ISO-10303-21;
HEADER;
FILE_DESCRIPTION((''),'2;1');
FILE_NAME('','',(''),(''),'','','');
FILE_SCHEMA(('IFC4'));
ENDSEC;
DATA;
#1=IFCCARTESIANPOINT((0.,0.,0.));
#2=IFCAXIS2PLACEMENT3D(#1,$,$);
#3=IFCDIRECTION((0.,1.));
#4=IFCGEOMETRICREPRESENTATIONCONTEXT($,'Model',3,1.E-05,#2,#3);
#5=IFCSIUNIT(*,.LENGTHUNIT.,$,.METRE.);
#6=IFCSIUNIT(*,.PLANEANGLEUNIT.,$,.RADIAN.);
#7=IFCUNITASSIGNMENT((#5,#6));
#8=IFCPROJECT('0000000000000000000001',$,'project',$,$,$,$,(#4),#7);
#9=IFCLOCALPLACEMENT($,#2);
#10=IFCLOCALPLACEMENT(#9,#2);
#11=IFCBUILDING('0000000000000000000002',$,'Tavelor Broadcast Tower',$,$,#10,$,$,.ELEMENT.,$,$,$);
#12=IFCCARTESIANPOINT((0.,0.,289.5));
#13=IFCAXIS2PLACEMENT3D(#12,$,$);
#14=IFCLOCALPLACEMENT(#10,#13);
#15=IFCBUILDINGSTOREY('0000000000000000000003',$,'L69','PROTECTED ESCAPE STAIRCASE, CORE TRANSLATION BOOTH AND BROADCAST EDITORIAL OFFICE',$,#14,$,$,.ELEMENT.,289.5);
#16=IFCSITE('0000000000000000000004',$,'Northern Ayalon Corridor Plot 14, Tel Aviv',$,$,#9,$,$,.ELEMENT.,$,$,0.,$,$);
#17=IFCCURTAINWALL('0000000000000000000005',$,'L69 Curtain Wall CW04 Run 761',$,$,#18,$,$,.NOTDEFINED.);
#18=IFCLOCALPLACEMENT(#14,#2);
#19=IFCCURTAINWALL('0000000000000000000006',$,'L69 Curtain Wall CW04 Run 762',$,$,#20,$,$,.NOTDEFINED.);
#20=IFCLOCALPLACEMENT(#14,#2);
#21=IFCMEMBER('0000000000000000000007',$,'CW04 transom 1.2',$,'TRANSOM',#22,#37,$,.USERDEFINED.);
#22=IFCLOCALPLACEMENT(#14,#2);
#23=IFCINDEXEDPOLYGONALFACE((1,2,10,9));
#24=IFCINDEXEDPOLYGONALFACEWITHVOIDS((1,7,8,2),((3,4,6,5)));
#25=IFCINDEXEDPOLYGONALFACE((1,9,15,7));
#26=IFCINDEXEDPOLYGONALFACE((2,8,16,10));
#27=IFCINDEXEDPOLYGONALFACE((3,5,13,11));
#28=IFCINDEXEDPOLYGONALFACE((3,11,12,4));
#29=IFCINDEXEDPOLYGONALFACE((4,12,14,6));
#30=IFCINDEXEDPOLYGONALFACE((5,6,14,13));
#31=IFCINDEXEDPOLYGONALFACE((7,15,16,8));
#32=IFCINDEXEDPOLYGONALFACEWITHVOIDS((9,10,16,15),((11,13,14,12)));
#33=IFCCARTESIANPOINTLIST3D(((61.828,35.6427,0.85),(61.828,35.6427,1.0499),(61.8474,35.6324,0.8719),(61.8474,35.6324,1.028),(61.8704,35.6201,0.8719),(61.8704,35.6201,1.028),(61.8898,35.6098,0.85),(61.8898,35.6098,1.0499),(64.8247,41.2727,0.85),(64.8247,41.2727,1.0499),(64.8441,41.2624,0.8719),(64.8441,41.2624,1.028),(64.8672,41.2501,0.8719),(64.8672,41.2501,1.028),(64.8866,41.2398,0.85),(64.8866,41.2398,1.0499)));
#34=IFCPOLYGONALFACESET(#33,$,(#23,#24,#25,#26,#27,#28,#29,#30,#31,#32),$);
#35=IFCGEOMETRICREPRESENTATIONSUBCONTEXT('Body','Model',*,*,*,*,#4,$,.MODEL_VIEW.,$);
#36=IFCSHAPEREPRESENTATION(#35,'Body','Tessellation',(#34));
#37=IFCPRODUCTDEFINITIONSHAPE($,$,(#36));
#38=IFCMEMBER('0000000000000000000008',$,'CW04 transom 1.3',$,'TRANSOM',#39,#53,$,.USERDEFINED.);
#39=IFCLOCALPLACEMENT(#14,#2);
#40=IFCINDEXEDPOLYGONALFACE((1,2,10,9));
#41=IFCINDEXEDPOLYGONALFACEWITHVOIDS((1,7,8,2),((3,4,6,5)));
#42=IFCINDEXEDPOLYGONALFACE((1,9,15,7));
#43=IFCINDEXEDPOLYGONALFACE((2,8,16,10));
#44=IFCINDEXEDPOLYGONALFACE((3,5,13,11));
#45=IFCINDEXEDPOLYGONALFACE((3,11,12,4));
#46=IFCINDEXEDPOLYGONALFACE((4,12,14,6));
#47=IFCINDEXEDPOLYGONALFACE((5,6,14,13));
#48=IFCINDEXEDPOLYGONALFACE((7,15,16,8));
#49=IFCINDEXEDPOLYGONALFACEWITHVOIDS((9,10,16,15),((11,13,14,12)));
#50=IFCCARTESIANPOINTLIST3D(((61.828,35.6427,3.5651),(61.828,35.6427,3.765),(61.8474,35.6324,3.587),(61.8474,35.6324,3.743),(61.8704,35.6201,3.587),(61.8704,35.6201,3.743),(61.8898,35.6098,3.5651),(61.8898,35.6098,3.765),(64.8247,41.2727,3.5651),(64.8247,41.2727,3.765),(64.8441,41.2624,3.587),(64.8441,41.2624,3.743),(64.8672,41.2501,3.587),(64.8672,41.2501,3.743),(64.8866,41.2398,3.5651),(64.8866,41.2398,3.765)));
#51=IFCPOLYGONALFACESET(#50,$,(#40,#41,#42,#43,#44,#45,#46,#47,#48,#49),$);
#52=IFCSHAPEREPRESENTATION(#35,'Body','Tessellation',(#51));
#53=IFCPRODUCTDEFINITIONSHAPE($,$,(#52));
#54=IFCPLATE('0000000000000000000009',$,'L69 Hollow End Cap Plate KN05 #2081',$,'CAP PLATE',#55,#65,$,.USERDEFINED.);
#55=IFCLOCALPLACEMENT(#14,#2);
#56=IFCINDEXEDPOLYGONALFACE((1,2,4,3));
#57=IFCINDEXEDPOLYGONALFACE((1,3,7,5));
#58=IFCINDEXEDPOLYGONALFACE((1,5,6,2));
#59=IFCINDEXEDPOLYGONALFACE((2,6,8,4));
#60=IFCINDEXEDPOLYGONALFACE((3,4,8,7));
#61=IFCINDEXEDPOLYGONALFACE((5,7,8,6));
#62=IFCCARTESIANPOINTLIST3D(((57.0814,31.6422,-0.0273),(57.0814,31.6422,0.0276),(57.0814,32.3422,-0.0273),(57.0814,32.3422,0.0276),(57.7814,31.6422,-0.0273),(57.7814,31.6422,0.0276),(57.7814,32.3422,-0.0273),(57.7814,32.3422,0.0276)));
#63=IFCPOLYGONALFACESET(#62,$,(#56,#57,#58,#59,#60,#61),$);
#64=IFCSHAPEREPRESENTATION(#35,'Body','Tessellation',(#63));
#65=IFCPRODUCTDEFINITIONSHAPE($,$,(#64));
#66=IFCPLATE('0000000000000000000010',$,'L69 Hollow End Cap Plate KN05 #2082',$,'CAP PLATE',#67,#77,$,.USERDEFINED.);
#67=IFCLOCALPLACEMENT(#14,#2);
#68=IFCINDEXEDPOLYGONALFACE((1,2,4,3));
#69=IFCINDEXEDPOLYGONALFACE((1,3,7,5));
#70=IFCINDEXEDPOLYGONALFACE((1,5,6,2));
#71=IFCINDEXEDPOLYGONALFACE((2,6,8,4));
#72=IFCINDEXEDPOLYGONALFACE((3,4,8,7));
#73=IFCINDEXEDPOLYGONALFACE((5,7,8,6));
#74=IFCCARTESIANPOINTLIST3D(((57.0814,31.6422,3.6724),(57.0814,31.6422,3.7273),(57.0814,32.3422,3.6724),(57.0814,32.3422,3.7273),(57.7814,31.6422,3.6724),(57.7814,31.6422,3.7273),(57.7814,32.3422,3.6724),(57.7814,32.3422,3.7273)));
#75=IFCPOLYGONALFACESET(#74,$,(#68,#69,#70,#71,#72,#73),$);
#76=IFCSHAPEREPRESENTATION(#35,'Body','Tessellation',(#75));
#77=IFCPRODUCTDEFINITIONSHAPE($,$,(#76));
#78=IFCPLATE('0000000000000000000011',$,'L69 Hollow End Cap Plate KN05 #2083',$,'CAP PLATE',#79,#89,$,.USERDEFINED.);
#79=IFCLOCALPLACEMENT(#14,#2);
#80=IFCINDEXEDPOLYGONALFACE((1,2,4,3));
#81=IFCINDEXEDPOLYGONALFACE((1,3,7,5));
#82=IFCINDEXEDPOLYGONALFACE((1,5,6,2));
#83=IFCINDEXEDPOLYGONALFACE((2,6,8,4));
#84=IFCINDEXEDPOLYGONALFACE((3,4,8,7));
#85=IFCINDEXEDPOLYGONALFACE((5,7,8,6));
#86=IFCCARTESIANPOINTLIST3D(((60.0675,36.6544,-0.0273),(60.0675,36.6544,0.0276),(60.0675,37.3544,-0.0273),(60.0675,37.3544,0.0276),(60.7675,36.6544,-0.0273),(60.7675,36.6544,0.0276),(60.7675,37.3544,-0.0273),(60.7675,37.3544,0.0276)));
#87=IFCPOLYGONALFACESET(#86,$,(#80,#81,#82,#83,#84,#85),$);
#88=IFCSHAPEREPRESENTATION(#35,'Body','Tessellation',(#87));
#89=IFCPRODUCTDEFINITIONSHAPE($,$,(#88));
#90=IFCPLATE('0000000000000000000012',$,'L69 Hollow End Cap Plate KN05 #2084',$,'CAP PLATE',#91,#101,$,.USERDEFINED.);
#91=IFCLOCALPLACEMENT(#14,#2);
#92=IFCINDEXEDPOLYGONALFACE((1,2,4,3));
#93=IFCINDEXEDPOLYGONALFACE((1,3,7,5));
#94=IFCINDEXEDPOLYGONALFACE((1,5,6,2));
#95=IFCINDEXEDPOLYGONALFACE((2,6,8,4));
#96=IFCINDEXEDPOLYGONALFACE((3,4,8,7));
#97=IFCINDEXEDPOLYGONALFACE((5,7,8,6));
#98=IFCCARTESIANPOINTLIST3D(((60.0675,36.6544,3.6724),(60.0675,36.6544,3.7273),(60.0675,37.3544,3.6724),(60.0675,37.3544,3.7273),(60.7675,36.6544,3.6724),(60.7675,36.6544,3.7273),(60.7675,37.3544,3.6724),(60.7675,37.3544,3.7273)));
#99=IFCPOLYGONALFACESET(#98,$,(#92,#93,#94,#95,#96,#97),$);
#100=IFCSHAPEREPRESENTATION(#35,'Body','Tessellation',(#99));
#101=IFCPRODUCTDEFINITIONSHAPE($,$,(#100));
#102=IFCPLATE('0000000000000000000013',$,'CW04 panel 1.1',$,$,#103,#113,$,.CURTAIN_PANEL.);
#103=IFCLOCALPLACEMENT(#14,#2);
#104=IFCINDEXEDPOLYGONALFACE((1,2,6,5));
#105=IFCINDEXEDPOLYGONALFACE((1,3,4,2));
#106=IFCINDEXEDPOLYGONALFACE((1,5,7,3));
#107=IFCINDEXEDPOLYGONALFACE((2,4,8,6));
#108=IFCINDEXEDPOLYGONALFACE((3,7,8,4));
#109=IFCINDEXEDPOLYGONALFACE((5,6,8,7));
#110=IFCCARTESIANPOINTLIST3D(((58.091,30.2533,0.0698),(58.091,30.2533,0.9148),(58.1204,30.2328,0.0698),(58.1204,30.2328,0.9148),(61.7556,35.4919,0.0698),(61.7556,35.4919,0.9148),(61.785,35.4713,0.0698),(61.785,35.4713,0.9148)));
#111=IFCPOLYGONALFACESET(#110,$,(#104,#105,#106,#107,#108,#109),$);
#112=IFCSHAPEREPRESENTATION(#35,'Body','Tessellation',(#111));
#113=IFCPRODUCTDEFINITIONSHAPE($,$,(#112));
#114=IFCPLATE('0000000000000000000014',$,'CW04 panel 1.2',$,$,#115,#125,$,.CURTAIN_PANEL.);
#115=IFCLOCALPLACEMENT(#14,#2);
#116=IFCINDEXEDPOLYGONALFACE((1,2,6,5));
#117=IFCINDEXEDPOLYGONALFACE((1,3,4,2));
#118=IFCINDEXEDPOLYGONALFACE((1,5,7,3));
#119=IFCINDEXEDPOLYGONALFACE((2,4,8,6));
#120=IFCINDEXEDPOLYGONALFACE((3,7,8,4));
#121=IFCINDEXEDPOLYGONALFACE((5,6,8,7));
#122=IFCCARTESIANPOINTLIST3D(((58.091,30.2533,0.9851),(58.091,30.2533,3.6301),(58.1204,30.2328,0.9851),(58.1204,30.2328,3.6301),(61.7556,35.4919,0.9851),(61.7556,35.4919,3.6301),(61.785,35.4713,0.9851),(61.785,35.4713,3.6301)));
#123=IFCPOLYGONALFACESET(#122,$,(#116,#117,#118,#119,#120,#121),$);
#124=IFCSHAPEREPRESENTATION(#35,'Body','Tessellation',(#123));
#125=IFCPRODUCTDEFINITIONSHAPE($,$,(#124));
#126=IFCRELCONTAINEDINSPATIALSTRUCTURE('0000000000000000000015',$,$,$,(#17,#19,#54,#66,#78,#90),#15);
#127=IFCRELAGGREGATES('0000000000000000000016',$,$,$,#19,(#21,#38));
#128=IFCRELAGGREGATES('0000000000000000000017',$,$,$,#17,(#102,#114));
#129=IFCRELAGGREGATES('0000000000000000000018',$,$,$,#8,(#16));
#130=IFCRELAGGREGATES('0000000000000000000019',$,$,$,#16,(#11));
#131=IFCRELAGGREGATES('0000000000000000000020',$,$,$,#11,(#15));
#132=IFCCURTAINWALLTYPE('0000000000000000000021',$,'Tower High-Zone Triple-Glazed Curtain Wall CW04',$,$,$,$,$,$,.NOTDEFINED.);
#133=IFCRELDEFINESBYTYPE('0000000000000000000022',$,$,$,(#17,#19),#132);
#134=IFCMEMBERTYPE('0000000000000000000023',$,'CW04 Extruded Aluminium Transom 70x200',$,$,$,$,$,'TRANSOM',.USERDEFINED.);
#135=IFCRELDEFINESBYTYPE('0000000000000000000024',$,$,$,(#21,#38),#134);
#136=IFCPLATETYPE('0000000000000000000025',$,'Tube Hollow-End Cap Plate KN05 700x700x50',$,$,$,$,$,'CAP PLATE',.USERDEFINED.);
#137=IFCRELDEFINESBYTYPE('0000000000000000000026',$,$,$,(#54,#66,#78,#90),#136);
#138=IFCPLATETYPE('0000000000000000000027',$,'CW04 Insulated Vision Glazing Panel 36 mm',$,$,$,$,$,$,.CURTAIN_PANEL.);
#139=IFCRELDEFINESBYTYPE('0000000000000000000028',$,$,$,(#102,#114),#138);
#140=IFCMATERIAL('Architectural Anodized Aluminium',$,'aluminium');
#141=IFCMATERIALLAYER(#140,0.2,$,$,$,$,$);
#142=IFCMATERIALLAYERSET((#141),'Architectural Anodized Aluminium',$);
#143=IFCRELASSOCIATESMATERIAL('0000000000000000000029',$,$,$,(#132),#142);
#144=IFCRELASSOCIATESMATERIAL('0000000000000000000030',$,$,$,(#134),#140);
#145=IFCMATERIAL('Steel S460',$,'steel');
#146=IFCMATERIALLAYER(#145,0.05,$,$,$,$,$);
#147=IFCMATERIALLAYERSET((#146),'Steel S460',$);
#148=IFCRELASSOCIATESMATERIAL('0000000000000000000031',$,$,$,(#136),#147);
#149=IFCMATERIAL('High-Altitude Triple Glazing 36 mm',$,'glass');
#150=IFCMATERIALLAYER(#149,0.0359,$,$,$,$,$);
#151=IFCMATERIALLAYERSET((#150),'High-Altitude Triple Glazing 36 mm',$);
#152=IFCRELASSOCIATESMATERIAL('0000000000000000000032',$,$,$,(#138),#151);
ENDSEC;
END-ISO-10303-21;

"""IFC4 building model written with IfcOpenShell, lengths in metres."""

from ifc_helpers import new_model, si_unit, direction, frame, origin, origin_2d, place, context, subcontext, project, spatial, rectangle, hollow_rectangle, extrude, source, transform, mapped, material, layer, layer_set, material_profile, profile_set, type_object, type_shapes, element, aggregate, save


model = new_model("IFC4")

# Units and contexts
model_context = context("Model", 3, precision=1e-05, world=origin(), true_north=direction((0.0, 1.0)))
body_context = subcontext(model_context, "Body", "Model", "MODEL_VIEW")
ifc_project = project(units=[si_unit("LENGTHUNIT", "METRE"), si_unit("PLANEANGLEUNIT", "RADIAN")], contexts=[model_context])

# Site, building, storey
site_placement = place(None, origin())
site = spatial("IfcSite", under=ifc_project, at=site_placement, Name="Northern Ayalon Corridor Plot 14, Tel Aviv", CompositionType="ELEMENT", RefElevation=0.0)
building_placement = place(site_placement, origin())
building = spatial("IfcBuilding", under=site, at=building_placement, Name="Tavelor Broadcast Tower", CompositionType="ELEMENT")
storey_placement = place(building_placement, frame((0.0, 0.0, 289.5)))
storey = spatial("IfcBuildingStorey", under=building, at=storey_placement, Name="L69", Description="PROTECTED ESCAPE STAIRCASE, CORE TRANSLATION BOOTH AND BROADCAST EDITORIAL OFFICE", CompositionType="ELEMENT", Elevation=289.5)

# Shared definitions
ifc_material_1 = material(Name="Steel S460", Category="steel")

# Curtain wall
ifc_material_2 = material(Name="Architectural Anodized Aluminium", Category="aluminium")
ifc_layer_1 = layer(ifc_material_2, 0.2)
ifc_layer_set_1 = layer_set([ifc_layer_1], Name="Architectural Anodized Aluminium")
curtain_wall_type = type_object("IfcCurtainWallType", Name="Tower High-Zone Triple-Glazed Curtain Wall CW04", PredefinedType="NOTDEFINED", material=ifc_layer_set_1)
curtain_wall_1_placement = place(storey_placement, origin())
curtain_wall_1 = element("IfcCurtainWall", 1, at=curtain_wall_1_placement, inside=storey, type_object=curtain_wall_type, Name="L69 Curtain Wall CW04 Run 761", PredefinedType="NOTDEFINED")

# Curtain wall, members
curtain_wall_2_placement = place(storey_placement, origin())
curtain_wall_2 = element("IfcCurtainWall", 2, at=curtain_wall_2_placement, inside=storey, type_object=curtain_wall_type, Name="L69 Curtain Wall CW04 Run 762", PredefinedType="NOTDEFINED")
ifc_material_profile_1 = material_profile(ifc_material_2, hollow_rectangle(XDim=0.0701, YDim=0.2, WallThickness=0.022, at=origin_2d()), Name="RHS 70x200x22")
ifc_profile_set_1 = profile_set([ifc_material_profile_1], Name="Architectural Anodized Aluminium")
member_type_1 = type_object("IfcMemberType", Name="CW04 Extruded Aluminium Transom 70x200", ElementType="TRANSOM", PredefinedType="USERDEFINED", material=ifc_profile_set_1)
shared_shape_1 = source(origin(), body_context, "Body", "SweptSolid", [
    extrude(hollow_rectangle(XDim=0.0701, YDim=0.2, WallThickness=0.022, at=origin_2d()), origin(), (0.0, 0.0, 1.0), 6.3779),
])
type_shapes(member_type_1, [shared_shape_1])
member_1_placement = place(storey_placement, frame((61.8589, 35.6262, 0.95), z_axis=(0.469867, 0.882737, 0.0), x_axis=(-0.882737, 0.469867, 0.0)))
member_1 = element("IfcMember", 3, at=member_1_placement, type_object=member_type_1, Name="CW04 transom 1.2", ObjectType="TRANSOM", PredefinedType="USERDEFINED", context=body_context, shape_type="MappedRepresentation", body=[
    mapped(shared_shape_1, transform((0.0, 0.0, 0.0), scale=1.0)),
])
member_2_placement = place(storey_placement, frame((61.8589, 35.6262, 3.665), z_axis=(0.469867, 0.882737, 0.0), x_axis=(-0.882737, 0.469867, 0.0)))
member_2 = element("IfcMember", 4, at=member_2_placement, type_object=member_type_1, Name="CW04 transom 1.3", ObjectType="TRANSOM", PredefinedType="USERDEFINED", context=body_context, shape_type="MappedRepresentation", body=[
    mapped(shared_shape_1, transform((0.0, 0.0, 0.0), scale=1.0)),
])
aggregate(curtain_wall_2, [member_1, member_2])

# Plates
ifc_layer_2 = layer(ifc_material_1, 0.05)
ifc_layer_set_2 = layer_set([ifc_layer_2], Name="Steel S460")
plate_type_1 = type_object("IfcPlateType", Name="Tube Hollow-End Cap Plate KN05 700x700x50", ElementType="CAP PLATE", PredefinedType="USERDEFINED", material=ifc_layer_set_2)
shared_shape_2 = source(origin(), body_context, "Body", "SweptSolid", [
    extrude(rectangle(XDim=0.7, YDim=0.7, at=origin_2d()), origin(), (0.0, 0.0, 1.0), 0.0549),
])
type_shapes(plate_type_1, [shared_shape_2])
for number, where, z_axis, x_axis, name in (
    (5, (57.4314, 31.9922, -0.0273), (0.0, 0.0, 1.0), (1.0, 0.0, 0.0), "L69 Hollow End Cap Plate KN05 #2081"),
    (6, (57.4314, 31.9922, 3.6724), (0.0, 0.0, 1.0), (1.0, 0.0, 0.0), "L69 Hollow End Cap Plate KN05 #2082"),
    (7, (60.4175, 37.0044, -0.0273), (0.0, 0.0, 1.0), (1.0, 0.0, 0.0), "L69 Hollow End Cap Plate KN05 #2083"),
    (8, (60.4175, 37.0044, 3.6724), (0.0, 0.0, 1.0), (1.0, 0.0, 0.0), "L69 Hollow End Cap Plate KN05 #2084"),
):
    element("IfcPlate", number, at=place(storey_placement, frame(where, z_axis=z_axis, x_axis=x_axis)), inside=storey, type_object=plate_type_1, Name=name, ObjectType="CAP PLATE", PredefinedType="USERDEFINED", context=body_context, shape_type="MappedRepresentation", body=[
        mapped(shared_shape_2, transform((0.0, 0.0, 0.0), scale=1.0)),
    ])

# Plates
ifc_material_3 = material(Name="High-Altitude Triple Glazing 36 mm", Category="glass")
ifc_layer_3 = layer(ifc_material_3, 0.0359)
ifc_layer_set_3 = layer_set([ifc_layer_3], Name="High-Altitude Triple Glazing 36 mm")
plate_type_2 = type_object("IfcPlateType", Name="CW04 Insulated Vision Glazing Panel 36 mm", PredefinedType="CURTAIN_PANEL", material=ifc_layer_set_3)
shared_shape_3 = source(origin(), body_context, "Body", "SweptSolid", [
    extrude(rectangle(XDim=6.3931, YDim=0.0359, at=origin_2d()), origin(), (0.0, 0.0, 1.0), 0.845),
])
plate_1_placement = place(storey_placement, frame((59.938, 32.8623, 0.0698), z_axis=(0.0, 0.0, 1.0), x_axis=(0.573212, 0.819407, 0.0)))
plate_1 = element("IfcPlate", 9, at=plate_1_placement, type_object=plate_type_2, Name="CW04 panel 1.1", PredefinedType="CURTAIN_PANEL", context=body_context, shape_type="MappedRepresentation", body=[
    mapped(shared_shape_3, transform((0.0, 0.0, 0.0), scale=1.0)),
])
shared_shape_4 = source(origin(), body_context, "Body", "SweptSolid", [
    extrude(rectangle(XDim=6.3931, YDim=0.0359, at=origin_2d()), origin(), (0.0, 0.0, 1.0), 2.645),
])
type_shapes(plate_type_2, [shared_shape_3, shared_shape_4])
plate_2_placement = place(storey_placement, frame((59.938, 32.8623, 0.9851), z_axis=(0.0, 0.0, 1.0), x_axis=(0.573212, 0.819407, 0.0)))
plate_2 = element("IfcPlate", 10, at=plate_2_placement, type_object=plate_type_2, Name="CW04 panel 1.2", PredefinedType="CURTAIN_PANEL", context=body_context, shape_type="MappedRepresentation", body=[
    mapped(shared_shape_4, transform((0.0, 0.0, 0.0), scale=1.0)),
])
aggregate(curtain_wall_1, [plate_1, plate_2])

save(model, "model.ifc")
